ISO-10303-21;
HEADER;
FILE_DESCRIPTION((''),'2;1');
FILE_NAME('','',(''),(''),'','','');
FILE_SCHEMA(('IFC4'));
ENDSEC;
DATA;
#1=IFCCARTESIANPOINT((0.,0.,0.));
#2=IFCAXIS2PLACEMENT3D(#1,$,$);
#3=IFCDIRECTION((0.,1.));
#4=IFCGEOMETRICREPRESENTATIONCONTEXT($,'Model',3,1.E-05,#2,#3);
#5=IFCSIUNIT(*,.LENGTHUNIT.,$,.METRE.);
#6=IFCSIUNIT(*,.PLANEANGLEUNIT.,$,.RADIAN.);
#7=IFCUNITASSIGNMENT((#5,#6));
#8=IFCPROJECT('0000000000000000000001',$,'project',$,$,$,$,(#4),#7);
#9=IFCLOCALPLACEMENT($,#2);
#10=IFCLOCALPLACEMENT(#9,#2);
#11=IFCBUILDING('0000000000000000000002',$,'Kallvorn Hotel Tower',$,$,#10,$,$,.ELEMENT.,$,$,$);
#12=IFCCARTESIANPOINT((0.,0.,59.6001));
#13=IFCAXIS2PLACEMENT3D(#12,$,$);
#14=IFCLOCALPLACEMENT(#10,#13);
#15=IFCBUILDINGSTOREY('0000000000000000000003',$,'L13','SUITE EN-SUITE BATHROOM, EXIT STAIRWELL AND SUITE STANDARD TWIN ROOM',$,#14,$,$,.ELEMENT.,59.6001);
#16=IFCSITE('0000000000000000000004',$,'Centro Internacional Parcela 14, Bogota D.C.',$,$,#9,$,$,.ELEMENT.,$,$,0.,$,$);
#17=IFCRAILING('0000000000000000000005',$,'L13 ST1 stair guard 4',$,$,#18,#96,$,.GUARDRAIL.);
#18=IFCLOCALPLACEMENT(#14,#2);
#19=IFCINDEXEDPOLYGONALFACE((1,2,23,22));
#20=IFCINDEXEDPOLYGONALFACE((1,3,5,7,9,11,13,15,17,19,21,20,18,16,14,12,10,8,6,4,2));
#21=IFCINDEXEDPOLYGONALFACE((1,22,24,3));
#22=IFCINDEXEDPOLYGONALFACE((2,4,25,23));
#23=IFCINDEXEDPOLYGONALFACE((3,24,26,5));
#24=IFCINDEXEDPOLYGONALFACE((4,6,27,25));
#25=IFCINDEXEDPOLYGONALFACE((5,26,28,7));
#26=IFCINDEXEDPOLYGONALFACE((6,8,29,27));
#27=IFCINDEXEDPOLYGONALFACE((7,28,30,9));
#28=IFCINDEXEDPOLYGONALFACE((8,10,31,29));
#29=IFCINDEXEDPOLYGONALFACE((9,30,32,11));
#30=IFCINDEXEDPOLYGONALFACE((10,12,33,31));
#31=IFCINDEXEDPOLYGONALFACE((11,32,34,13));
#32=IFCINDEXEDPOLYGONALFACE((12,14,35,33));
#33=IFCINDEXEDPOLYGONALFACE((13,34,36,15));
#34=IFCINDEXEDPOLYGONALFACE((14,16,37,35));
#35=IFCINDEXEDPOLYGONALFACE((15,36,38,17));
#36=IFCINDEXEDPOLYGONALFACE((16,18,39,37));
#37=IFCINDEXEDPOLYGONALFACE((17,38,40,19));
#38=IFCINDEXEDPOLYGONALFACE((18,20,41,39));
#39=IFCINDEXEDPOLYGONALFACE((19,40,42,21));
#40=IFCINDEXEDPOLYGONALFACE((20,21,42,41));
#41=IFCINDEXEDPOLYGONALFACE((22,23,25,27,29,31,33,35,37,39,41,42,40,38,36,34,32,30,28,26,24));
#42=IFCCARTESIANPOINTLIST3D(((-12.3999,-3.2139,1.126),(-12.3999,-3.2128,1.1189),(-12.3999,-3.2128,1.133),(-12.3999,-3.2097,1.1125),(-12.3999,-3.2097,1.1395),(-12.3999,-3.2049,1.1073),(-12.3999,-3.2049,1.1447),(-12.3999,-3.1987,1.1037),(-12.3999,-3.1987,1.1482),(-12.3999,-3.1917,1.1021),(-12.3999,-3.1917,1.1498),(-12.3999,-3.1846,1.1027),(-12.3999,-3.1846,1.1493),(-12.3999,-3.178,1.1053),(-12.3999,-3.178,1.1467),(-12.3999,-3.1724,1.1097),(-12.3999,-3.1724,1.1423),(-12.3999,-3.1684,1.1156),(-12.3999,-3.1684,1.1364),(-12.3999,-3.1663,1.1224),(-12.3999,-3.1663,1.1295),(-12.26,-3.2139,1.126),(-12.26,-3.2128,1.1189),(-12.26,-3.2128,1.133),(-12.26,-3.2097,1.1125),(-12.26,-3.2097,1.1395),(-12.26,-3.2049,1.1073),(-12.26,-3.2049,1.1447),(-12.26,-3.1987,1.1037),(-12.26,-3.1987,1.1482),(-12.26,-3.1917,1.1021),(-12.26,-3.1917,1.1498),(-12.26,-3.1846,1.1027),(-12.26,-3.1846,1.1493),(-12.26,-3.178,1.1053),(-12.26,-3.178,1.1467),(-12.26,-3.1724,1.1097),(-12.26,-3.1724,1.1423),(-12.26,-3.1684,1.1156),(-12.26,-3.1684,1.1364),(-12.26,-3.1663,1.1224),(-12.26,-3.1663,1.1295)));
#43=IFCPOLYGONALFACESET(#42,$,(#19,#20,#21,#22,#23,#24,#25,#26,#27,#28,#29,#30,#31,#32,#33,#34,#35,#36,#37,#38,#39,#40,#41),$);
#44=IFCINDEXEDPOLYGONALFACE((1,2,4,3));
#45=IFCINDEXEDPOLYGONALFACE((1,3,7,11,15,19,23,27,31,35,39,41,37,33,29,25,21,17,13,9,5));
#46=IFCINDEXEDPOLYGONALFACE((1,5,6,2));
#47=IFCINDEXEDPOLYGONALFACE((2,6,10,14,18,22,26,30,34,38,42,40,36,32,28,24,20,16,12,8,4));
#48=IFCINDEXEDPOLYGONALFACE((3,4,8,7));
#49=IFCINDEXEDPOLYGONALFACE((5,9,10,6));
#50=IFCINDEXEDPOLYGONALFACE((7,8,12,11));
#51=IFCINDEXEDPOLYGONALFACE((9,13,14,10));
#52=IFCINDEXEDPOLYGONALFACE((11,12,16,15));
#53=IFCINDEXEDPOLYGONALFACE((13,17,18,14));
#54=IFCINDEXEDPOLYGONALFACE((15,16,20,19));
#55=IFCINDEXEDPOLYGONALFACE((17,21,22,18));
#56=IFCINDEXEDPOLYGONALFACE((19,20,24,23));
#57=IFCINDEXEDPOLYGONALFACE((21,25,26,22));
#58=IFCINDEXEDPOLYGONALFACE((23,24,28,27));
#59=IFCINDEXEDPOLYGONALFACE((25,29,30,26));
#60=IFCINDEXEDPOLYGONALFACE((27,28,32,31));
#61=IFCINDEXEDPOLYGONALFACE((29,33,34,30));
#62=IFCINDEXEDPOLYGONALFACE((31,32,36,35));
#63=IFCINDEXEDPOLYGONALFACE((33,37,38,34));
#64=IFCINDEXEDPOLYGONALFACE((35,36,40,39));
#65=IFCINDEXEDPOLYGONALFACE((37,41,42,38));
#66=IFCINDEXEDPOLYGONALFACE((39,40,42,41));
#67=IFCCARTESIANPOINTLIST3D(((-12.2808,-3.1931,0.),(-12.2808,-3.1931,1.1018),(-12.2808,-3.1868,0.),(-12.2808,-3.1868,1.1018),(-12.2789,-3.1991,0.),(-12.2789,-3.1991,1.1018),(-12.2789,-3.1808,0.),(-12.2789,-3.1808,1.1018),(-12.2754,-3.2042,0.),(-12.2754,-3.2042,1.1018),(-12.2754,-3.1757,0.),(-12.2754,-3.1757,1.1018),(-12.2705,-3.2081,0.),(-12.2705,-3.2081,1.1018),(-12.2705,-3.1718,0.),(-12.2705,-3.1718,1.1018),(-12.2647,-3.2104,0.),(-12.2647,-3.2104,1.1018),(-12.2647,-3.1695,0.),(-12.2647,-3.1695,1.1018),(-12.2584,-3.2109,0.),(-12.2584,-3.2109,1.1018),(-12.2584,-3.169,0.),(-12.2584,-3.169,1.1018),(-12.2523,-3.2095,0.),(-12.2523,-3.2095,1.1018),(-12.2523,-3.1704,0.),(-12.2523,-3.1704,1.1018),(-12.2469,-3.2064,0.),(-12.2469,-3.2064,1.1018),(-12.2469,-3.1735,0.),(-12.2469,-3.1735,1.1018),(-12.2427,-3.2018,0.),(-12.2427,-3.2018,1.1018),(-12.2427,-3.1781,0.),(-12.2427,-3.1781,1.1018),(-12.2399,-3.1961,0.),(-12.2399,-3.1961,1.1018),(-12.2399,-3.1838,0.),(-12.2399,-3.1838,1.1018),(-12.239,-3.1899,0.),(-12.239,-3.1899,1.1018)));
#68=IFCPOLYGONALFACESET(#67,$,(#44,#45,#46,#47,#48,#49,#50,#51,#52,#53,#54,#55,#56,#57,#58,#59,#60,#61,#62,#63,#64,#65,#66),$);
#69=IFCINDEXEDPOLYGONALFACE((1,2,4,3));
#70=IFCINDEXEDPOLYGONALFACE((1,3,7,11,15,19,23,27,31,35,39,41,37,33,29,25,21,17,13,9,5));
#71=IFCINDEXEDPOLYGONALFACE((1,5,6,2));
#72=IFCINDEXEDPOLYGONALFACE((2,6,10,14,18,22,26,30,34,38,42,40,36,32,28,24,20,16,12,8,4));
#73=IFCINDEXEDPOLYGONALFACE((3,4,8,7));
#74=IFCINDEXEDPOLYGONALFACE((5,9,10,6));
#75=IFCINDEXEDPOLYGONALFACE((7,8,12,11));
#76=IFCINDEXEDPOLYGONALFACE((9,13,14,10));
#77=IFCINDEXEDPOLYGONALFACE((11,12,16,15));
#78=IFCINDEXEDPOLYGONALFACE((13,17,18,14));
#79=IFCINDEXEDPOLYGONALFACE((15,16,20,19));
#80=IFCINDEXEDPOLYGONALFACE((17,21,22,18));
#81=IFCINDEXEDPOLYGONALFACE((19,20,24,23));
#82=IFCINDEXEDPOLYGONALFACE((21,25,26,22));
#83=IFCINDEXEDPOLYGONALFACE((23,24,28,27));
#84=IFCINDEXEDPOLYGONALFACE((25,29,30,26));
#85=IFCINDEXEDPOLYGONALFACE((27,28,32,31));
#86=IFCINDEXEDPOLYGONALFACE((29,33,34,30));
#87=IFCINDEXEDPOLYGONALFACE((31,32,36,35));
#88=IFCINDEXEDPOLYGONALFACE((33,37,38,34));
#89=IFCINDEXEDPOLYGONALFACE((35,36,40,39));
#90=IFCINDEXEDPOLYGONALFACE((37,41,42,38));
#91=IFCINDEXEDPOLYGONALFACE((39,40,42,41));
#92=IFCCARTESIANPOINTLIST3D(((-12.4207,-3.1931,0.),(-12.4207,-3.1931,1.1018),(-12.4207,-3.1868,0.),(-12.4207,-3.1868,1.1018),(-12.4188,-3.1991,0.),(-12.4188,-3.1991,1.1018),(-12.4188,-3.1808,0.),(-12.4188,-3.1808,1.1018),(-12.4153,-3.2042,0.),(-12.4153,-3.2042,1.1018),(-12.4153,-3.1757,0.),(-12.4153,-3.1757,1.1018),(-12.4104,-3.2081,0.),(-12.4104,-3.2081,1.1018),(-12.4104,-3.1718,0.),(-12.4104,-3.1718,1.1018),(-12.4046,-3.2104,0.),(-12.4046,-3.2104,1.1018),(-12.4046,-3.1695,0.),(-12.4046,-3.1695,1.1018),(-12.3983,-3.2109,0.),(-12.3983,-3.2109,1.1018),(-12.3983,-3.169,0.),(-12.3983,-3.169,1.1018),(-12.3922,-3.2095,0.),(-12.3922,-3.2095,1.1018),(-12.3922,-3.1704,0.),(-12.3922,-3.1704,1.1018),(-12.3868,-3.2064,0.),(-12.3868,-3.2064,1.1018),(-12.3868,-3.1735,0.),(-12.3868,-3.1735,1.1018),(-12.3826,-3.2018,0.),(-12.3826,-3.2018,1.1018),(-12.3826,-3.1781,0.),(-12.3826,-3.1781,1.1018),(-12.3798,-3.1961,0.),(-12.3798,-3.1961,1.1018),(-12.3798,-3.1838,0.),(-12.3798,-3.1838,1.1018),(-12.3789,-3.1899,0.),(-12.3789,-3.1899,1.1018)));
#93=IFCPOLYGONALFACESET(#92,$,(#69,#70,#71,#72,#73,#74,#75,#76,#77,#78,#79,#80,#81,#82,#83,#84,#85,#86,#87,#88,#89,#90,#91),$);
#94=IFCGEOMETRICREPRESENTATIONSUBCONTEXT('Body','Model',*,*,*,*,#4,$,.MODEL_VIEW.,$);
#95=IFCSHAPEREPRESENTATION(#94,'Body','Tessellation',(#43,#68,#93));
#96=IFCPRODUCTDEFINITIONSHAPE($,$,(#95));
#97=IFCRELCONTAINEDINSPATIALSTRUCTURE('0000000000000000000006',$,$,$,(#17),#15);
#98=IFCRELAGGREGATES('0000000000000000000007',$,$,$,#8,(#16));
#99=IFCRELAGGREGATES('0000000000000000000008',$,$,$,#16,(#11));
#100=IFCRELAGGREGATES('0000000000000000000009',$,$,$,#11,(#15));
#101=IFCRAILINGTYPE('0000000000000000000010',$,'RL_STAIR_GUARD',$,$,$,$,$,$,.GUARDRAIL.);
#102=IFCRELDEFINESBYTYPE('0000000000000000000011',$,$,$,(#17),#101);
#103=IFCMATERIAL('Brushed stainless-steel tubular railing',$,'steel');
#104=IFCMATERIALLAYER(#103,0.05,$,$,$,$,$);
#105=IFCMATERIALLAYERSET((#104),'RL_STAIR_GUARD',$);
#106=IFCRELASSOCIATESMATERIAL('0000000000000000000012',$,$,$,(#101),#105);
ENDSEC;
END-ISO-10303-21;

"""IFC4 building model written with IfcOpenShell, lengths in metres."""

from ifc_helpers import new_model, si_unit, direction, frame, origin, origin_2d, place, context, subcontext, project, spatial, circle, extrude, material, layer, layer_set, type_object, element, save


model = new_model("IFC4")

# Units and contexts
model_context = context("Model", 3, precision=1e-05, world=origin(), true_north=direction((0.0, 1.0)))
body_context = subcontext(model_context, "Body", "Model", "MODEL_VIEW")
ifc_project = project(units=[si_unit("LENGTHUNIT", "METRE"), si_unit("PLANEANGLEUNIT", "RADIAN")], contexts=[model_context])

# Site, building, storey
site_placement = place(None, origin())
site = spatial("IfcSite", under=ifc_project, at=site_placement, Name="Centro Internacional Parcela 14, Bogota D.C.", CompositionType="ELEMENT", RefElevation=0.0)
building_placement = place(site_placement, origin())
building = spatial("IfcBuilding", under=site, at=building_placement, Name="Kallvorn Hotel Tower", CompositionType="ELEMENT")
storey_placement = place(building_placement, frame((0.0, 0.0, 59.6001)))
storey = spatial("IfcBuildingStorey", under=building, at=storey_placement, Name="L13", Description="SUITE EN-SUITE BATHROOM, EXIT STAIRWELL AND SUITE STANDARD TWIN ROOM", CompositionType="ELEMENT", Elevation=59.6001)

# Railing
ifc_material_1 = material(Name="Brushed stainless-steel tubular railing", Category="steel")
ifc_layer_1 = layer(ifc_material_1, 0.05)
ifc_layer_set_1 = layer_set([ifc_layer_1], Name="RL_STAIR_GUARD")
railing_type_1 = type_object("IfcRailingType", Name="RL_STAIR_GUARD", PredefinedType="GUARDRAIL", material=ifc_layer_set_1)
railing_1_placement = place(storey_placement, frame((-12.26, -3.1899, 0.0)))
element("IfcRailing", 1, at=railing_1_placement, inside=storey, type_object=railing_type_1, Name="L13 ST1 stair guard 4", PredefinedType="GUARDRAIL", context=body_context, shape_type="SweptSolid", body=[
    extrude(circle(Radius=0.0239, at=origin_2d()), frame((0.0, 0.0, 1.126), z_axis=(-1.0, 0.0, 0.0), x_axis=(0.0, -1.0, 0.0)), (0.0, 0.0, 1.0), 0.1399),
    extrude(circle(Radius=0.021, at=origin_2d()), origin(), (0.0, 0.0, 1.0), 1.1018),
    extrude(circle(Radius=0.021, at=origin_2d()), frame((-0.1399, 0.0, 0.0)), (0.0, 0.0, 1.0), 1.1018),
])

save(model, "model.ifc")
